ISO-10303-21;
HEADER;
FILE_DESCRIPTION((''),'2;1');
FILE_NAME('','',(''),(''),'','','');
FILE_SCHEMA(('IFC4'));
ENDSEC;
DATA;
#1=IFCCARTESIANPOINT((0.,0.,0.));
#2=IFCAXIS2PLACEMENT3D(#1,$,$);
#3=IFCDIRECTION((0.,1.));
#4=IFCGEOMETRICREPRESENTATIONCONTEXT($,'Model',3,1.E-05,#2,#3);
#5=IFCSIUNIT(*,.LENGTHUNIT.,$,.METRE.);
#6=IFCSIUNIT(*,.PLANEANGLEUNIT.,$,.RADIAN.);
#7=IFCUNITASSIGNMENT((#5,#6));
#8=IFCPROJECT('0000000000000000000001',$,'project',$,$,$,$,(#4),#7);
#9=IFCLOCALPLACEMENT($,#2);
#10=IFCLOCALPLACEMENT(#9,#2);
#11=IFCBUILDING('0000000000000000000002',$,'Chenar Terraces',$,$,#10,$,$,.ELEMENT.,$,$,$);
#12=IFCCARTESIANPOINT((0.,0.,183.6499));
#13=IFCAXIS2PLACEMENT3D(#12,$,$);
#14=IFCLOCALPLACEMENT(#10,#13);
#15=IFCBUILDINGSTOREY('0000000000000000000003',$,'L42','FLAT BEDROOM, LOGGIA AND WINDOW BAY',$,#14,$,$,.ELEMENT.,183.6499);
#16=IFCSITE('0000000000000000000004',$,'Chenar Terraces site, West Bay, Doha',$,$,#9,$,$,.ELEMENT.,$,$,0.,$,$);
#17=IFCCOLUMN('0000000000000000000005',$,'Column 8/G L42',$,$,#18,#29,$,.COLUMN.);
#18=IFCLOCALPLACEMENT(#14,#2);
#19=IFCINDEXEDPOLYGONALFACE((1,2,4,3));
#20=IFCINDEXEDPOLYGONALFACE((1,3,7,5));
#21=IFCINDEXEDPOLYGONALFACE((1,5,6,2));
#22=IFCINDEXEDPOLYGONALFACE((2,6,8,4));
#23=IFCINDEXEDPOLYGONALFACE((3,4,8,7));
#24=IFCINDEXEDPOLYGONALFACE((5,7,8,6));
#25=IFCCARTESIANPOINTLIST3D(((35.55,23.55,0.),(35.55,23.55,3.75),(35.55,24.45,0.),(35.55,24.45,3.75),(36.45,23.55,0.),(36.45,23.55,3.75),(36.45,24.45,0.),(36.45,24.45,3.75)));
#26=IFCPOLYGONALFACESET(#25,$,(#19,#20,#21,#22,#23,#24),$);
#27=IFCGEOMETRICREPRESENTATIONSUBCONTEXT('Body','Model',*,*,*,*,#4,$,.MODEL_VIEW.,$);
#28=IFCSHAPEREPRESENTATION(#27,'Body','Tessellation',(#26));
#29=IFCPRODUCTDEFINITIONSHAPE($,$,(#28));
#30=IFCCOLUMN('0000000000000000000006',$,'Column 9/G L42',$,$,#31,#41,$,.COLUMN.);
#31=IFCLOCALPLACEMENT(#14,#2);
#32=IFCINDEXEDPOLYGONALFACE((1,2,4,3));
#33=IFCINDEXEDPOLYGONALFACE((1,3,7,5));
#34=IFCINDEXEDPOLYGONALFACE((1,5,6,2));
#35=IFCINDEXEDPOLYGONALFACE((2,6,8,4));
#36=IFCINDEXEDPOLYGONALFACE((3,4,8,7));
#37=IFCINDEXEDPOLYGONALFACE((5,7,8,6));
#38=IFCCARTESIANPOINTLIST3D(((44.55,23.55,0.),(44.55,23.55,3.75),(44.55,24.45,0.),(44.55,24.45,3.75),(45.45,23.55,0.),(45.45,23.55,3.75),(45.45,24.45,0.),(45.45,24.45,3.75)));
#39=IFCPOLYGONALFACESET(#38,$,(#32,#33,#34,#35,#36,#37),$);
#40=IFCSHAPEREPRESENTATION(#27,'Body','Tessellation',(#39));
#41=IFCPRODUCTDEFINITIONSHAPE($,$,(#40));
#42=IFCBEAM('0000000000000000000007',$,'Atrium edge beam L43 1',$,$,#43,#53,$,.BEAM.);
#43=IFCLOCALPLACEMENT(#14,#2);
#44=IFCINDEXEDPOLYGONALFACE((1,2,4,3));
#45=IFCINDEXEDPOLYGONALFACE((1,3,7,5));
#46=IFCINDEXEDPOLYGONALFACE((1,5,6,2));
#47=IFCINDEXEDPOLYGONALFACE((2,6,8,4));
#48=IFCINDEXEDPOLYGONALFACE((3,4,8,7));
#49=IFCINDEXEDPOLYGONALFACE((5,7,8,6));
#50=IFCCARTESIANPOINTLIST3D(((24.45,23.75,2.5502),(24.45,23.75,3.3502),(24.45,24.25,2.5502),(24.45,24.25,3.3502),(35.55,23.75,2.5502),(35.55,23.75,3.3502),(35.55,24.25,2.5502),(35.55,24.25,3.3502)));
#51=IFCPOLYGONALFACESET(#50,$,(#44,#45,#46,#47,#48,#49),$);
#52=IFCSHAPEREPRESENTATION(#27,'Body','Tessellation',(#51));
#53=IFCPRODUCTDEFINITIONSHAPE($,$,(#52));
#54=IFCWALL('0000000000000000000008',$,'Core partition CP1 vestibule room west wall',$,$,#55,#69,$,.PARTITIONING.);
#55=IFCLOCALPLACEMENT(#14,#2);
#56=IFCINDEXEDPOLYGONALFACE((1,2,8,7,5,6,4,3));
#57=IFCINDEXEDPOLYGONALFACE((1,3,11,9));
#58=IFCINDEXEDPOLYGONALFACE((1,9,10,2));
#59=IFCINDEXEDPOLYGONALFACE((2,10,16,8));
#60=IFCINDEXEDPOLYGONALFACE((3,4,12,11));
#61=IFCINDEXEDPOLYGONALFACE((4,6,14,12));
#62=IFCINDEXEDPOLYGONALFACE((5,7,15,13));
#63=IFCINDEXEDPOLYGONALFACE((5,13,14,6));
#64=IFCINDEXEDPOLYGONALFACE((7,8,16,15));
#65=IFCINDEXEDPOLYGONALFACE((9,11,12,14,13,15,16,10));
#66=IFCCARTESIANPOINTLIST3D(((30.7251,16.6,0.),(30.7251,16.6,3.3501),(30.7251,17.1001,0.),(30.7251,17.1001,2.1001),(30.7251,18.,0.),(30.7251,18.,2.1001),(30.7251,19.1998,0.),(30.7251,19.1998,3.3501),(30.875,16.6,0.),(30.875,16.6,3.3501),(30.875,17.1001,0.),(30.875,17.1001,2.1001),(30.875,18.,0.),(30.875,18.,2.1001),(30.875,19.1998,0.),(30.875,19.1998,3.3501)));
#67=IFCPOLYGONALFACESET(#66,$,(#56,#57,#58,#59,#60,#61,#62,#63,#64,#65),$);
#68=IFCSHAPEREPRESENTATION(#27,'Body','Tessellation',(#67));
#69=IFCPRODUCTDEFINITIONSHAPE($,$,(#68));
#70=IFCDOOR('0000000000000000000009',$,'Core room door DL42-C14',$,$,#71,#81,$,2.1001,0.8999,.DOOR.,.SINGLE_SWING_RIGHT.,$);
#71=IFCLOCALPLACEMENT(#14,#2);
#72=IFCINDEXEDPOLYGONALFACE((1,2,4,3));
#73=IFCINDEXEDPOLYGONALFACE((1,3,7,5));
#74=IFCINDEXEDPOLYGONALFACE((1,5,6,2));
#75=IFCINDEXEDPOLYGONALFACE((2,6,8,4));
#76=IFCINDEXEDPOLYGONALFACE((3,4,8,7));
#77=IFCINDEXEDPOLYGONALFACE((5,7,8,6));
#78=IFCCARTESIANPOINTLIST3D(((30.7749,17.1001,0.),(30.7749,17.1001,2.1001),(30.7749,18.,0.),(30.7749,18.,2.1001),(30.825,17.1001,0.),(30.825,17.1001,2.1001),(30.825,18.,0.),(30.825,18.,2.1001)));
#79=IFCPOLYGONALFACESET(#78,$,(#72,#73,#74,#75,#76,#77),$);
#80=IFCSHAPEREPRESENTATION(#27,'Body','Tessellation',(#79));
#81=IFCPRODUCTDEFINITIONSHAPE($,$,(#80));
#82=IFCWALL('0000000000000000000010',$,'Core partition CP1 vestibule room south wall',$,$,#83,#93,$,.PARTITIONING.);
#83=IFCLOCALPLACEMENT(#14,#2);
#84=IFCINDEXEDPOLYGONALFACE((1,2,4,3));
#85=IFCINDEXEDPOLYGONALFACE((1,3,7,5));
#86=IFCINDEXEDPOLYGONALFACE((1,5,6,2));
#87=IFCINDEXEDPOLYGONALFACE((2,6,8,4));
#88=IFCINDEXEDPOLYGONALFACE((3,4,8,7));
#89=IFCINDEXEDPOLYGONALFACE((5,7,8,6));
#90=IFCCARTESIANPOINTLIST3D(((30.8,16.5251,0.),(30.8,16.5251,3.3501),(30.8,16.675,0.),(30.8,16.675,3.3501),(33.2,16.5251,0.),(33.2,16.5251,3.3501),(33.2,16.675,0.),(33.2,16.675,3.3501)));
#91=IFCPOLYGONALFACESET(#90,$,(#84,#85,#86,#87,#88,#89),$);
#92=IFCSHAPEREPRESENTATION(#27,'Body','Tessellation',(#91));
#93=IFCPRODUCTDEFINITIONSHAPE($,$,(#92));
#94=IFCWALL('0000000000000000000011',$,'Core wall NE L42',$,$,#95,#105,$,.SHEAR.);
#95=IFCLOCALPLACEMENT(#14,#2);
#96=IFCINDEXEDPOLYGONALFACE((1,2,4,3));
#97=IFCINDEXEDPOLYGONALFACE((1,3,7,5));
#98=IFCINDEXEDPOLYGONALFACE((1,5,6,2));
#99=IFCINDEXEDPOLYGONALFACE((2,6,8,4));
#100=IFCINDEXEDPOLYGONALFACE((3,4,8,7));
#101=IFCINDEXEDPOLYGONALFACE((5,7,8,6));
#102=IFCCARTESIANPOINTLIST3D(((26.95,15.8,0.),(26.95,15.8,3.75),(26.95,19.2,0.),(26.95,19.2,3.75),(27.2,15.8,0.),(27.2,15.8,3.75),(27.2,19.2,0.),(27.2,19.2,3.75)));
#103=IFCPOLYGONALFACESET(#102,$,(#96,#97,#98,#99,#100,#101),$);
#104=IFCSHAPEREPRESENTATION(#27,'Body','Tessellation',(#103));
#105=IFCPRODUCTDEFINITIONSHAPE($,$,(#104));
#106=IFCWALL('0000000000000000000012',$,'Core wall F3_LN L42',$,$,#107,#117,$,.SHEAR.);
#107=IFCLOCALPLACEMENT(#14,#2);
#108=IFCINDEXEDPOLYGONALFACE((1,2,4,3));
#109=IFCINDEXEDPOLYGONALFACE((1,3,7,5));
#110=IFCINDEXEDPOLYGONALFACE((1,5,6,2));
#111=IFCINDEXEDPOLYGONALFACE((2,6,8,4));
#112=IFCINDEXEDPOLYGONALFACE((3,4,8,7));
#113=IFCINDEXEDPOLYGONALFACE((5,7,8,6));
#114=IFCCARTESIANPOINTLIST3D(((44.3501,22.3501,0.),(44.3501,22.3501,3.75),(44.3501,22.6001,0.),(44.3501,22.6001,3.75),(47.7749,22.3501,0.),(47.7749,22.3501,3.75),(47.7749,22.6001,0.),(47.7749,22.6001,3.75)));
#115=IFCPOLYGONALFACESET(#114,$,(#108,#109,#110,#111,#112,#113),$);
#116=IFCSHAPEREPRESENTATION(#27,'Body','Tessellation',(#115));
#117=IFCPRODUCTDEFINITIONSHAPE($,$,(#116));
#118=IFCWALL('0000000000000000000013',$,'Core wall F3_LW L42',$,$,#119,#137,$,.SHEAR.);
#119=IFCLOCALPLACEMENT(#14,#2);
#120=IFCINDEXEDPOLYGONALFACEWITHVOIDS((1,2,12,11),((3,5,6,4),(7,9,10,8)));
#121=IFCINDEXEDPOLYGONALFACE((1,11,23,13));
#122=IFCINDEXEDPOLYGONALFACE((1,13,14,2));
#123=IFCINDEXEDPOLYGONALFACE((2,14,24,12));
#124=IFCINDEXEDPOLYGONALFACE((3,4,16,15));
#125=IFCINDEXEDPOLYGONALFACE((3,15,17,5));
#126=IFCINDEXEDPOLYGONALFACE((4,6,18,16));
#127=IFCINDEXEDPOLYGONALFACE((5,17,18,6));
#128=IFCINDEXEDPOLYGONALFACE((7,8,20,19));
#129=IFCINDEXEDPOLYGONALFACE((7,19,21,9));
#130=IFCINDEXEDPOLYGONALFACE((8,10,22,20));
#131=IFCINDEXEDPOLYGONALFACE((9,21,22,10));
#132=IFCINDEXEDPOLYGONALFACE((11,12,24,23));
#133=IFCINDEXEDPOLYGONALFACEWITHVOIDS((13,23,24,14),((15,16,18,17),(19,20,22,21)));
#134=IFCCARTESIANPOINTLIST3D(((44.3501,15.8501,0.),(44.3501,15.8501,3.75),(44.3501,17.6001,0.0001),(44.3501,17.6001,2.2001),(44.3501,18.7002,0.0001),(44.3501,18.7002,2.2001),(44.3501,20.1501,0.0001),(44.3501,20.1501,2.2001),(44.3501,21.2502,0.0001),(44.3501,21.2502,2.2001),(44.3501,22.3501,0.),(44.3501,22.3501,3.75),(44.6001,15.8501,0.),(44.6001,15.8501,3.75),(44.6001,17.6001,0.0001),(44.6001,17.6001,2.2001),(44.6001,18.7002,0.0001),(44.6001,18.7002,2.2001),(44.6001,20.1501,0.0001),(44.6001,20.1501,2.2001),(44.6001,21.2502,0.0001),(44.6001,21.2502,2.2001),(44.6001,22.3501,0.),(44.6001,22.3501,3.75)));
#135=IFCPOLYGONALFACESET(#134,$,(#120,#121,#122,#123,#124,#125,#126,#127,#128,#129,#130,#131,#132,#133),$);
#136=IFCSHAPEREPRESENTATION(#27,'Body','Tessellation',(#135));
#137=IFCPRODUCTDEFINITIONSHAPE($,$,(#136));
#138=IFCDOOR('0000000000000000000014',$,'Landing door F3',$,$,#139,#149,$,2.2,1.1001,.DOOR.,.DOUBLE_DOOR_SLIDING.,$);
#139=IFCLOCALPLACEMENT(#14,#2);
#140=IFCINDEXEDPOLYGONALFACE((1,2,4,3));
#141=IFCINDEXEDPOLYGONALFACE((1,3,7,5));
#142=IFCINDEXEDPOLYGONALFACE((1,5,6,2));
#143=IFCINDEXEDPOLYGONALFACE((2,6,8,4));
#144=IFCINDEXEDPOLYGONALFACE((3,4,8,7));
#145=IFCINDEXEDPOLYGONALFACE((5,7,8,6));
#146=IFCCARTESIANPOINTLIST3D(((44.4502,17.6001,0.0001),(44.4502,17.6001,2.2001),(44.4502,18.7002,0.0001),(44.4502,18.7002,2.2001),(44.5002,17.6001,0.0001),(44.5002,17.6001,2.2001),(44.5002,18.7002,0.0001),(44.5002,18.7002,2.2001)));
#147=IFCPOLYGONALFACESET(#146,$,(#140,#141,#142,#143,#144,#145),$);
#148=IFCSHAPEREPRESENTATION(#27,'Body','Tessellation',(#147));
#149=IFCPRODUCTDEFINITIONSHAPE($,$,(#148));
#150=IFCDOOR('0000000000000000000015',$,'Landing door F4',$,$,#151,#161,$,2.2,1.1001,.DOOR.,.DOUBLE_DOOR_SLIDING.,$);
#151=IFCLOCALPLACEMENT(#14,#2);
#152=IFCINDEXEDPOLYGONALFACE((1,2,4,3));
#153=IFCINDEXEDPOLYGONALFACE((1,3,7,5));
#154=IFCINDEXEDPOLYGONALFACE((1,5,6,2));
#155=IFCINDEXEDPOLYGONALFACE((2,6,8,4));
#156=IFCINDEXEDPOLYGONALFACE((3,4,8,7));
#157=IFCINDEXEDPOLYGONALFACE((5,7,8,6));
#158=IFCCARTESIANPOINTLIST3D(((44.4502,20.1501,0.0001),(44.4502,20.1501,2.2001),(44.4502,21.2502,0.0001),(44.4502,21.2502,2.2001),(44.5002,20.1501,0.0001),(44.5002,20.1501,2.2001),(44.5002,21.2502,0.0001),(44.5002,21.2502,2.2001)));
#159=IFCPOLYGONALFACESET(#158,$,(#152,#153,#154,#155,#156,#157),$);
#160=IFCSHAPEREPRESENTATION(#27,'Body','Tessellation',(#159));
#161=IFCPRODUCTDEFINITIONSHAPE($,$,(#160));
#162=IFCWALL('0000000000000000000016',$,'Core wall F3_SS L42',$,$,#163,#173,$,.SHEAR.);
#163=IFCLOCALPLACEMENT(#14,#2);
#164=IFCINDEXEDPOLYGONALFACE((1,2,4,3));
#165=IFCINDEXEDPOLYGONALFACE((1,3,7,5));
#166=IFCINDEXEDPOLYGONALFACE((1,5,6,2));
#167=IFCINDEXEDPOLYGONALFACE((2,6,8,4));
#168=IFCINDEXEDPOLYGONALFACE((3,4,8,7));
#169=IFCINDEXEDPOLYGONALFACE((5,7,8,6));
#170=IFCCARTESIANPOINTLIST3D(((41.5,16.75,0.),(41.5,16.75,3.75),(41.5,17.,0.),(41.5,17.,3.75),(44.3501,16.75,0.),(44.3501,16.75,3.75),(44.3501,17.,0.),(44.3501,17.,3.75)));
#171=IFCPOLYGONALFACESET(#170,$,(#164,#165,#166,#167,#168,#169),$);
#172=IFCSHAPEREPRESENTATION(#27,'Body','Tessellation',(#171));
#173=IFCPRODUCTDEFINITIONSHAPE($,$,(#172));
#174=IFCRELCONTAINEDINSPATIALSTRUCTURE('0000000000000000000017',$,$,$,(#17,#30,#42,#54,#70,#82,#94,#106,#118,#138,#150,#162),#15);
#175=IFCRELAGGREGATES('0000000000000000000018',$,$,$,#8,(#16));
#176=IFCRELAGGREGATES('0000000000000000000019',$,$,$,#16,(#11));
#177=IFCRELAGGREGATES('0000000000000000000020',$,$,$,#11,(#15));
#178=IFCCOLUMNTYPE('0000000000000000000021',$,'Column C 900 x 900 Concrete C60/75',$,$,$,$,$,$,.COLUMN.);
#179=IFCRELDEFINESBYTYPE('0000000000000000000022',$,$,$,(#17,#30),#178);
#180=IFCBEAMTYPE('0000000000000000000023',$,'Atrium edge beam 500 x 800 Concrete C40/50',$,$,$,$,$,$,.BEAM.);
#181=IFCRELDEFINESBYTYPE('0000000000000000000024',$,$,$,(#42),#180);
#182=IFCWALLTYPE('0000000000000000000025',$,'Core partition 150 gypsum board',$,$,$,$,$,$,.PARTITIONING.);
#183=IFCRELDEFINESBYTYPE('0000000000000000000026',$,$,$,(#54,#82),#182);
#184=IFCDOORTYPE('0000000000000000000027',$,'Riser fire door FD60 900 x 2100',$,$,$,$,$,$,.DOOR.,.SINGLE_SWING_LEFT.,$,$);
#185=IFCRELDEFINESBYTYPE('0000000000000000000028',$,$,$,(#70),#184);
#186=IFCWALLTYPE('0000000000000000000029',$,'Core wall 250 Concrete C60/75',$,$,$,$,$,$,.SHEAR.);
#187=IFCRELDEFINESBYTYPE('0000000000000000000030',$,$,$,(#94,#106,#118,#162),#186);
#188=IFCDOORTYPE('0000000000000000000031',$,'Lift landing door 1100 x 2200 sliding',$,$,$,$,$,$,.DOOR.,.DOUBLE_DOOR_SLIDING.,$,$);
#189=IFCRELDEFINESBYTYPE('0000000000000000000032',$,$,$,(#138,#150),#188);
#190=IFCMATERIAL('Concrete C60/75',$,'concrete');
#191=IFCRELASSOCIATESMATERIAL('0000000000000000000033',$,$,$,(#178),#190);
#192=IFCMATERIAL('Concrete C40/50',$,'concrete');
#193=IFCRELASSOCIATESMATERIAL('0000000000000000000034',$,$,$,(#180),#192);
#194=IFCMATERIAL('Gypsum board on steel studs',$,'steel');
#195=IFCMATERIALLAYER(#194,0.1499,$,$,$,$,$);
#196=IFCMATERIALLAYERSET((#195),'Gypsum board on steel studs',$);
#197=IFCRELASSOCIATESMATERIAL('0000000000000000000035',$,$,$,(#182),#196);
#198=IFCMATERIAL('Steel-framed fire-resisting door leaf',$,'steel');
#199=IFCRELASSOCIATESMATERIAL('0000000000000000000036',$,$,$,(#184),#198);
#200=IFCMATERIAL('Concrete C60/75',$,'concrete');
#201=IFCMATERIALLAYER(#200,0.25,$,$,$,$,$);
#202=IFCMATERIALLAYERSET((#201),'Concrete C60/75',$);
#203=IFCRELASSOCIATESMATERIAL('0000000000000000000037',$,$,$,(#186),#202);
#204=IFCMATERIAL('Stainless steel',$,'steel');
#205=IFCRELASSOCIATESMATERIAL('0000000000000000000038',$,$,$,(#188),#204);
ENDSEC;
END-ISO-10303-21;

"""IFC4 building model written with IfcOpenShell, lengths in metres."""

from ifc_helpers import new_model, si_unit, direction, frame, frame_2d, origin, origin_2d, place, context, subcontext, project, spatial, rectangle, extrude, material, layer, layer_set, material_profile, profile_set, type_object, element, fill, save


model = new_model("IFC4")

# Units and contexts
model_context = context("Model", 3, precision=1e-05, world=origin(), true_north=direction((0.0, 1.0)))
body_context = subcontext(model_context, "Body", "Model", "MODEL_VIEW")
ifc_project = project(units=[si_unit("LENGTHUNIT", "METRE"), si_unit("PLANEANGLEUNIT", "RADIAN")], contexts=[model_context])

# Site, building, storey
site_placement = place(None, origin())
site = spatial("IfcSite", under=ifc_project, at=site_placement, Name="Chenar Terraces site, West Bay, Doha", CompositionType="ELEMENT", RefElevation=0.0)
building_placement = place(site_placement, origin())
building = spatial("IfcBuilding", under=site, at=building_placement, Name="Chenar Terraces", CompositionType="ELEMENT")
storey_placement = place(building_placement, frame((0.0, 0.0, 183.6499)))
storey = spatial("IfcBuildingStorey", under=building, at=storey_placement, Name="L42", Description="FLAT BEDROOM, LOGGIA AND WINDOW BAY", CompositionType="ELEMENT", Elevation=183.6499)

# Columns
ifc_material_1 = material(Name="Concrete C60/75", Category="concrete")
ifc_material_profile_1 = material_profile(ifc_material_1, rectangle(XDim=0.8999, YDim=0.8999, at=origin_2d()), Name="C 900 x 900")
ifc_profile_set_1 = profile_set([ifc_material_profile_1], Name="Concrete C60/75")
column_type = type_object("IfcColumnType", Name="Column C 900 x 900 Concrete C60/75", PredefinedType="COLUMN", material=ifc_profile_set_1)
for number, where, z_axis, x_axis, name in (
    (1, (36.0, 24.0, 0.0), (0.0, 0.0, 1.0), (1.0, 0.0, 0.0), "Column 8/G L42"),
    (2, (45.0, 24.0, 0.0), (0.0, 0.0, 1.0), (1.0, 0.0, 0.0), "Column 9/G L42"),
):
    element("IfcColumn", number, at=place(storey_placement, frame(where, z_axis=z_axis, x_axis=x_axis)), inside=storey, type_object=column_type, Name=name, PredefinedType="COLUMN", context=body_context, shape_type="SweptSolid", body=[
        extrude(rectangle(XDim=0.8999, YDim=0.8999, at=origin_2d()), origin(), (0.0, 0.0, 1.0), 3.75),
    ])

# Beam
ifc_material_2 = material(Name="Concrete C40/50", Category="concrete")
ifc_material_profile_2 = material_profile(ifc_material_2, rectangle(XDim=0.5, YDim=0.8, at=origin_2d()), Name="RC 500 x 800")
ifc_profile_set_2 = profile_set([ifc_material_profile_2], Name="Concrete C40/50")
beam_type = type_object("IfcBeamType", Name="Atrium edge beam 500 x 800 Concrete C40/50", PredefinedType="BEAM", material=ifc_profile_set_2)
beam_placement = place(storey_placement, frame((24.45, 24.0, 2.9502), z_axis=(1.0, 0.0, 0.0), x_axis=(0.0, 1.0, 0.0)))
element("IfcBeam", 3, at=beam_placement, inside=storey, type_object=beam_type, Name="Atrium edge beam L43 1", PredefinedType="BEAM", context=body_context, shape_type="SweptSolid", body=[
    extrude(rectangle(XDim=0.5, YDim=0.8, at=origin_2d()), origin(), (0.0, 0.0, 1.0), 11.1001),
])

# Wall, opening, door
ifc_material_3 = material(Name="Gypsum board on steel studs", Category="steel")
ifc_layer_1 = layer(ifc_material_3, 0.1499)
ifc_layer_set_1 = layer_set([ifc_layer_1], Name="Gypsum board on steel studs")
wall_type_1 = type_object("IfcWallType", Name="Core partition 150 gypsum board", PredefinedType="PARTITIONING", material=ifc_layer_set_1)
wall_1_placement = place(storey_placement, frame((30.8, 16.6001, 0.0), z_axis=(0.0, 0.0, 1.0), x_axis=(0.0, 1.0, 0.0)))
wall_1 = element("IfcWall", 4, at=wall_1_placement, inside=storey, type_object=wall_type_1, Name="Core partition CP1 vestibule room west wall", PredefinedType="PARTITIONING", context=body_context, shape_type="SweptSolid", body=[
    extrude(rectangle(XDim=2.5999, YDim=0.1499, at=frame_2d((1.2998, 0.0))), origin(), (0.0, 0.0, 1.0), 3.3501),
])
opening_1_placement = place(wall_1_placement, frame((0.5, 0.0, 0.0)))
opening_1 = element("IfcOpeningElement", 5, at=opening_1_placement, cuts=wall_1, PredefinedType="OPENING", context=body_context, shape_type="SweptSolid", body=[
    extrude(rectangle(XDim=0.8999, YDim=2.1001, at=frame_2d((0.45, 1.05))), frame((0.0, 0.085, 0.0), z_axis=(0.0, -1.0, 0.0), x_axis=(1.0, 0.0, 0.0)), (0.0, 0.0, 1.0), 0.1699),
])
ifc_material_4 = material(Name="Steel-framed fire-resisting door leaf", Category="steel")
door_type_1 = type_object("IfcDoorType", Name="Riser fire door FD60 900 x 2100", OperationType="SINGLE_SWING_LEFT", PredefinedType="DOOR", material=ifc_material_4)
door_1_placement = place(opening_1_placement, frame((0.8999, 0.0, 0.0), z_axis=(0.0, 0.0, 1.0), x_axis=(-1.0, 0.0, 0.0)))
door_1 = element("IfcDoor", 6, at=door_1_placement, inside=storey, type_object=door_type_1, Name="Core room door DL42-C14", OperationType="SINGLE_SWING_RIGHT", OverallHeight=2.1001, OverallWidth=0.8999, PredefinedType="DOOR", context=body_context, shape_type="SweptSolid", body=[
    extrude(rectangle(XDim=0.8999, YDim=2.1001, at=frame_2d((0.45, 1.05))), frame((0.0, 0.0249, 0.0), z_axis=(0.0, -1.0, 0.0), x_axis=(1.0, 0.0, 0.0)), (0.0, 0.0, 1.0), 0.05),
])
fill(opening_1, door_1)

# Walls
wall_2_placement = place(storey_placement, frame((30.8, 16.6001, 0.0), z_axis=(0.0, 0.0, 1.0), x_axis=(1.0, 0.0, 0.0)))
element("IfcWall", 7, at=wall_2_placement, inside=storey, type_object=wall_type_1, Name="Core partition CP1 vestibule room south wall", PredefinedType="PARTITIONING", context=body_context, shape_type="SweptSolid", body=[
    extrude(rectangle(XDim=2.3999, YDim=0.1499, at=frame_2d((1.2, 0.0))), origin(), (0.0, 0.0, 1.0), 3.3501),
])
ifc_material_5 = material(Name="Concrete C60/75", Category="concrete")
ifc_layer_2 = layer(ifc_material_5, 0.25)
ifc_layer_set_2 = layer_set([ifc_layer_2], Name="Concrete C60/75")
wall_type_2 = type_object("IfcWallType", Name="Core wall 250 Concrete C60/75", PredefinedType="SHEAR", material=ifc_layer_set_2)
wall_3_placement = place(storey_placement, frame((27.075, 15.8, 0.0), z_axis=(0.0, 0.0, 1.0), x_axis=(0.0, 1.0, 0.0)))
element("IfcWall", 8, at=wall_3_placement, inside=storey, type_object=wall_type_2, Name="Core wall NE L42", PredefinedType="SHEAR", context=body_context, shape_type="SweptSolid", body=[
    extrude(rectangle(XDim=3.3999, YDim=0.25, at=frame_2d((1.7, 0.0))), origin(), (0.0, 0.0, 1.0), 3.75),
])
wall_4_placement = place(storey_placement, frame((44.3501, 22.4751, 0.0), z_axis=(0.0, 0.0, 1.0), x_axis=(1.0, 0.0, 0.0)))
element("IfcWall", 9, at=wall_4_placement, inside=storey, type_object=wall_type_2, Name="Core wall F3_LN L42", PredefinedType="SHEAR", context=body_context, shape_type="SweptSolid", body=[
    extrude(rectangle(XDim=3.4248, YDim=0.25, at=frame_2d((1.7124, 0.0))), origin(), (0.0, 0.0, 1.0), 3.75),
])

# Wall, openings, doors
wall_5_placement = place(storey_placement, frame((44.4751, 15.8501, 0.0), z_axis=(0.0, 0.0, 1.0), x_axis=(0.0, 1.0, 0.0)))
wall_5 = element("IfcWall", 10, at=wall_5_placement, inside=storey, type_object=wall_type_2, Name="Core wall F3_LW L42", PredefinedType="SHEAR", context=body_context, shape_type="SweptSolid", body=[
    extrude(rectangle(XDim=6.5, YDim=0.25, at=frame_2d((3.25, 0.0))), origin(), (0.0, 0.0, 1.0), 3.75),
])
opening_2_placement = place(wall_5_placement, frame((1.75, 0.0, 0.0)))
opening_2 = element("IfcOpeningElement", 11, at=opening_2_placement, cuts=wall_5, PredefinedType="OPENING", context=body_context, shape_type="SweptSolid", body=[
    extrude(rectangle(XDim=1.1001, YDim=2.2, at=frame_2d((0.55, 1.1001))), frame((0.0, 0.135, 0.0), z_axis=(0.0, -1.0, 0.0), x_axis=(1.0, 0.0, 0.0)), (0.0, 0.0, 1.0), 0.27),
])
opening_3_placement = place(wall_5_placement, frame((4.3, 0.0, 0.0)))
opening_3 = element("IfcOpeningElement", 12, at=opening_3_placement, cuts=wall_5, PredefinedType="OPENING", context=body_context, shape_type="SweptSolid", body=[
    extrude(rectangle(XDim=1.1001, YDim=2.2, at=frame_2d((0.55, 1.1001))), frame((0.0, 0.135, 0.0), z_axis=(0.0, -1.0, 0.0), x_axis=(1.0, 0.0, 0.0)), (0.0, 0.0, 1.0), 0.27),
])
ifc_material_6 = material(Name="Stainless steel", Category="steel")
door_type_2 = type_object("IfcDoorType", Name="Lift landing door 1100 x 2200 sliding", OperationType="DOUBLE_DOOR_SLIDING", PredefinedType="DOOR", material=ifc_material_6)
door_2_placement = place(opening_2_placement, origin())
door_2 = element("IfcDoor", 13, at=door_2_placement, inside=storey, type_object=door_type_2, Name="Landing door F3", OperationType="DOUBLE_DOOR_SLIDING", OverallHeight=2.2, OverallWidth=1.1001, PredefinedType="DOOR", context=body_context, shape_type="SweptSolid", body=[
    extrude(rectangle(XDim=1.1001, YDim=2.2, at=frame_2d((0.55, 1.1001))), frame((0.0, 0.0249, 0.0), z_axis=(0.0, -1.0, 0.0), x_axis=(1.0, 0.0, 0.0)), (0.0, 0.0, 1.0), 0.05),
])
fill(opening_2, door_2)
door_3_placement = place(opening_3_placement, origin())
door_3 = element("IfcDoor", 14, at=door_3_placement, inside=storey, type_object=door_type_2, Name="Landing door F4", OperationType="DOUBLE_DOOR_SLIDING", OverallHeight=2.2, OverallWidth=1.1001, PredefinedType="DOOR", context=body_context, shape_type="SweptSolid", body=[
    extrude(rectangle(XDim=1.1001, YDim=2.2, at=frame_2d((0.55, 1.1001))), frame((0.0, 0.0249, 0.0), z_axis=(0.0, -1.0, 0.0), x_axis=(1.0, 0.0, 0.0)), (0.0, 0.0, 1.0), 0.05),
])
fill(opening_3, door_3)

# Wall
for number, where, z_axis, x_axis, name in (
    (15, (41.5, 16.875, 0.0), (0.0, 0.0, 1.0), (1.0, 0.0, 0.0), "Core wall F3_SS L42"),
):
    element("IfcWall", number, at=place(storey_placement, frame(where, z_axis=z_axis, x_axis=x_axis)), inside=storey, type_object=wall_type_2, Name=name, PredefinedType="SHEAR", context=body_context, shape_type="SweptSolid", body=[
        extrude(rectangle(XDim=2.8501, YDim=0.25, at=frame_2d((1.425, 0.0))), origin(), (0.0, 0.0, 1.0), 3.75),
    ])

save(model, "model.ifc")
